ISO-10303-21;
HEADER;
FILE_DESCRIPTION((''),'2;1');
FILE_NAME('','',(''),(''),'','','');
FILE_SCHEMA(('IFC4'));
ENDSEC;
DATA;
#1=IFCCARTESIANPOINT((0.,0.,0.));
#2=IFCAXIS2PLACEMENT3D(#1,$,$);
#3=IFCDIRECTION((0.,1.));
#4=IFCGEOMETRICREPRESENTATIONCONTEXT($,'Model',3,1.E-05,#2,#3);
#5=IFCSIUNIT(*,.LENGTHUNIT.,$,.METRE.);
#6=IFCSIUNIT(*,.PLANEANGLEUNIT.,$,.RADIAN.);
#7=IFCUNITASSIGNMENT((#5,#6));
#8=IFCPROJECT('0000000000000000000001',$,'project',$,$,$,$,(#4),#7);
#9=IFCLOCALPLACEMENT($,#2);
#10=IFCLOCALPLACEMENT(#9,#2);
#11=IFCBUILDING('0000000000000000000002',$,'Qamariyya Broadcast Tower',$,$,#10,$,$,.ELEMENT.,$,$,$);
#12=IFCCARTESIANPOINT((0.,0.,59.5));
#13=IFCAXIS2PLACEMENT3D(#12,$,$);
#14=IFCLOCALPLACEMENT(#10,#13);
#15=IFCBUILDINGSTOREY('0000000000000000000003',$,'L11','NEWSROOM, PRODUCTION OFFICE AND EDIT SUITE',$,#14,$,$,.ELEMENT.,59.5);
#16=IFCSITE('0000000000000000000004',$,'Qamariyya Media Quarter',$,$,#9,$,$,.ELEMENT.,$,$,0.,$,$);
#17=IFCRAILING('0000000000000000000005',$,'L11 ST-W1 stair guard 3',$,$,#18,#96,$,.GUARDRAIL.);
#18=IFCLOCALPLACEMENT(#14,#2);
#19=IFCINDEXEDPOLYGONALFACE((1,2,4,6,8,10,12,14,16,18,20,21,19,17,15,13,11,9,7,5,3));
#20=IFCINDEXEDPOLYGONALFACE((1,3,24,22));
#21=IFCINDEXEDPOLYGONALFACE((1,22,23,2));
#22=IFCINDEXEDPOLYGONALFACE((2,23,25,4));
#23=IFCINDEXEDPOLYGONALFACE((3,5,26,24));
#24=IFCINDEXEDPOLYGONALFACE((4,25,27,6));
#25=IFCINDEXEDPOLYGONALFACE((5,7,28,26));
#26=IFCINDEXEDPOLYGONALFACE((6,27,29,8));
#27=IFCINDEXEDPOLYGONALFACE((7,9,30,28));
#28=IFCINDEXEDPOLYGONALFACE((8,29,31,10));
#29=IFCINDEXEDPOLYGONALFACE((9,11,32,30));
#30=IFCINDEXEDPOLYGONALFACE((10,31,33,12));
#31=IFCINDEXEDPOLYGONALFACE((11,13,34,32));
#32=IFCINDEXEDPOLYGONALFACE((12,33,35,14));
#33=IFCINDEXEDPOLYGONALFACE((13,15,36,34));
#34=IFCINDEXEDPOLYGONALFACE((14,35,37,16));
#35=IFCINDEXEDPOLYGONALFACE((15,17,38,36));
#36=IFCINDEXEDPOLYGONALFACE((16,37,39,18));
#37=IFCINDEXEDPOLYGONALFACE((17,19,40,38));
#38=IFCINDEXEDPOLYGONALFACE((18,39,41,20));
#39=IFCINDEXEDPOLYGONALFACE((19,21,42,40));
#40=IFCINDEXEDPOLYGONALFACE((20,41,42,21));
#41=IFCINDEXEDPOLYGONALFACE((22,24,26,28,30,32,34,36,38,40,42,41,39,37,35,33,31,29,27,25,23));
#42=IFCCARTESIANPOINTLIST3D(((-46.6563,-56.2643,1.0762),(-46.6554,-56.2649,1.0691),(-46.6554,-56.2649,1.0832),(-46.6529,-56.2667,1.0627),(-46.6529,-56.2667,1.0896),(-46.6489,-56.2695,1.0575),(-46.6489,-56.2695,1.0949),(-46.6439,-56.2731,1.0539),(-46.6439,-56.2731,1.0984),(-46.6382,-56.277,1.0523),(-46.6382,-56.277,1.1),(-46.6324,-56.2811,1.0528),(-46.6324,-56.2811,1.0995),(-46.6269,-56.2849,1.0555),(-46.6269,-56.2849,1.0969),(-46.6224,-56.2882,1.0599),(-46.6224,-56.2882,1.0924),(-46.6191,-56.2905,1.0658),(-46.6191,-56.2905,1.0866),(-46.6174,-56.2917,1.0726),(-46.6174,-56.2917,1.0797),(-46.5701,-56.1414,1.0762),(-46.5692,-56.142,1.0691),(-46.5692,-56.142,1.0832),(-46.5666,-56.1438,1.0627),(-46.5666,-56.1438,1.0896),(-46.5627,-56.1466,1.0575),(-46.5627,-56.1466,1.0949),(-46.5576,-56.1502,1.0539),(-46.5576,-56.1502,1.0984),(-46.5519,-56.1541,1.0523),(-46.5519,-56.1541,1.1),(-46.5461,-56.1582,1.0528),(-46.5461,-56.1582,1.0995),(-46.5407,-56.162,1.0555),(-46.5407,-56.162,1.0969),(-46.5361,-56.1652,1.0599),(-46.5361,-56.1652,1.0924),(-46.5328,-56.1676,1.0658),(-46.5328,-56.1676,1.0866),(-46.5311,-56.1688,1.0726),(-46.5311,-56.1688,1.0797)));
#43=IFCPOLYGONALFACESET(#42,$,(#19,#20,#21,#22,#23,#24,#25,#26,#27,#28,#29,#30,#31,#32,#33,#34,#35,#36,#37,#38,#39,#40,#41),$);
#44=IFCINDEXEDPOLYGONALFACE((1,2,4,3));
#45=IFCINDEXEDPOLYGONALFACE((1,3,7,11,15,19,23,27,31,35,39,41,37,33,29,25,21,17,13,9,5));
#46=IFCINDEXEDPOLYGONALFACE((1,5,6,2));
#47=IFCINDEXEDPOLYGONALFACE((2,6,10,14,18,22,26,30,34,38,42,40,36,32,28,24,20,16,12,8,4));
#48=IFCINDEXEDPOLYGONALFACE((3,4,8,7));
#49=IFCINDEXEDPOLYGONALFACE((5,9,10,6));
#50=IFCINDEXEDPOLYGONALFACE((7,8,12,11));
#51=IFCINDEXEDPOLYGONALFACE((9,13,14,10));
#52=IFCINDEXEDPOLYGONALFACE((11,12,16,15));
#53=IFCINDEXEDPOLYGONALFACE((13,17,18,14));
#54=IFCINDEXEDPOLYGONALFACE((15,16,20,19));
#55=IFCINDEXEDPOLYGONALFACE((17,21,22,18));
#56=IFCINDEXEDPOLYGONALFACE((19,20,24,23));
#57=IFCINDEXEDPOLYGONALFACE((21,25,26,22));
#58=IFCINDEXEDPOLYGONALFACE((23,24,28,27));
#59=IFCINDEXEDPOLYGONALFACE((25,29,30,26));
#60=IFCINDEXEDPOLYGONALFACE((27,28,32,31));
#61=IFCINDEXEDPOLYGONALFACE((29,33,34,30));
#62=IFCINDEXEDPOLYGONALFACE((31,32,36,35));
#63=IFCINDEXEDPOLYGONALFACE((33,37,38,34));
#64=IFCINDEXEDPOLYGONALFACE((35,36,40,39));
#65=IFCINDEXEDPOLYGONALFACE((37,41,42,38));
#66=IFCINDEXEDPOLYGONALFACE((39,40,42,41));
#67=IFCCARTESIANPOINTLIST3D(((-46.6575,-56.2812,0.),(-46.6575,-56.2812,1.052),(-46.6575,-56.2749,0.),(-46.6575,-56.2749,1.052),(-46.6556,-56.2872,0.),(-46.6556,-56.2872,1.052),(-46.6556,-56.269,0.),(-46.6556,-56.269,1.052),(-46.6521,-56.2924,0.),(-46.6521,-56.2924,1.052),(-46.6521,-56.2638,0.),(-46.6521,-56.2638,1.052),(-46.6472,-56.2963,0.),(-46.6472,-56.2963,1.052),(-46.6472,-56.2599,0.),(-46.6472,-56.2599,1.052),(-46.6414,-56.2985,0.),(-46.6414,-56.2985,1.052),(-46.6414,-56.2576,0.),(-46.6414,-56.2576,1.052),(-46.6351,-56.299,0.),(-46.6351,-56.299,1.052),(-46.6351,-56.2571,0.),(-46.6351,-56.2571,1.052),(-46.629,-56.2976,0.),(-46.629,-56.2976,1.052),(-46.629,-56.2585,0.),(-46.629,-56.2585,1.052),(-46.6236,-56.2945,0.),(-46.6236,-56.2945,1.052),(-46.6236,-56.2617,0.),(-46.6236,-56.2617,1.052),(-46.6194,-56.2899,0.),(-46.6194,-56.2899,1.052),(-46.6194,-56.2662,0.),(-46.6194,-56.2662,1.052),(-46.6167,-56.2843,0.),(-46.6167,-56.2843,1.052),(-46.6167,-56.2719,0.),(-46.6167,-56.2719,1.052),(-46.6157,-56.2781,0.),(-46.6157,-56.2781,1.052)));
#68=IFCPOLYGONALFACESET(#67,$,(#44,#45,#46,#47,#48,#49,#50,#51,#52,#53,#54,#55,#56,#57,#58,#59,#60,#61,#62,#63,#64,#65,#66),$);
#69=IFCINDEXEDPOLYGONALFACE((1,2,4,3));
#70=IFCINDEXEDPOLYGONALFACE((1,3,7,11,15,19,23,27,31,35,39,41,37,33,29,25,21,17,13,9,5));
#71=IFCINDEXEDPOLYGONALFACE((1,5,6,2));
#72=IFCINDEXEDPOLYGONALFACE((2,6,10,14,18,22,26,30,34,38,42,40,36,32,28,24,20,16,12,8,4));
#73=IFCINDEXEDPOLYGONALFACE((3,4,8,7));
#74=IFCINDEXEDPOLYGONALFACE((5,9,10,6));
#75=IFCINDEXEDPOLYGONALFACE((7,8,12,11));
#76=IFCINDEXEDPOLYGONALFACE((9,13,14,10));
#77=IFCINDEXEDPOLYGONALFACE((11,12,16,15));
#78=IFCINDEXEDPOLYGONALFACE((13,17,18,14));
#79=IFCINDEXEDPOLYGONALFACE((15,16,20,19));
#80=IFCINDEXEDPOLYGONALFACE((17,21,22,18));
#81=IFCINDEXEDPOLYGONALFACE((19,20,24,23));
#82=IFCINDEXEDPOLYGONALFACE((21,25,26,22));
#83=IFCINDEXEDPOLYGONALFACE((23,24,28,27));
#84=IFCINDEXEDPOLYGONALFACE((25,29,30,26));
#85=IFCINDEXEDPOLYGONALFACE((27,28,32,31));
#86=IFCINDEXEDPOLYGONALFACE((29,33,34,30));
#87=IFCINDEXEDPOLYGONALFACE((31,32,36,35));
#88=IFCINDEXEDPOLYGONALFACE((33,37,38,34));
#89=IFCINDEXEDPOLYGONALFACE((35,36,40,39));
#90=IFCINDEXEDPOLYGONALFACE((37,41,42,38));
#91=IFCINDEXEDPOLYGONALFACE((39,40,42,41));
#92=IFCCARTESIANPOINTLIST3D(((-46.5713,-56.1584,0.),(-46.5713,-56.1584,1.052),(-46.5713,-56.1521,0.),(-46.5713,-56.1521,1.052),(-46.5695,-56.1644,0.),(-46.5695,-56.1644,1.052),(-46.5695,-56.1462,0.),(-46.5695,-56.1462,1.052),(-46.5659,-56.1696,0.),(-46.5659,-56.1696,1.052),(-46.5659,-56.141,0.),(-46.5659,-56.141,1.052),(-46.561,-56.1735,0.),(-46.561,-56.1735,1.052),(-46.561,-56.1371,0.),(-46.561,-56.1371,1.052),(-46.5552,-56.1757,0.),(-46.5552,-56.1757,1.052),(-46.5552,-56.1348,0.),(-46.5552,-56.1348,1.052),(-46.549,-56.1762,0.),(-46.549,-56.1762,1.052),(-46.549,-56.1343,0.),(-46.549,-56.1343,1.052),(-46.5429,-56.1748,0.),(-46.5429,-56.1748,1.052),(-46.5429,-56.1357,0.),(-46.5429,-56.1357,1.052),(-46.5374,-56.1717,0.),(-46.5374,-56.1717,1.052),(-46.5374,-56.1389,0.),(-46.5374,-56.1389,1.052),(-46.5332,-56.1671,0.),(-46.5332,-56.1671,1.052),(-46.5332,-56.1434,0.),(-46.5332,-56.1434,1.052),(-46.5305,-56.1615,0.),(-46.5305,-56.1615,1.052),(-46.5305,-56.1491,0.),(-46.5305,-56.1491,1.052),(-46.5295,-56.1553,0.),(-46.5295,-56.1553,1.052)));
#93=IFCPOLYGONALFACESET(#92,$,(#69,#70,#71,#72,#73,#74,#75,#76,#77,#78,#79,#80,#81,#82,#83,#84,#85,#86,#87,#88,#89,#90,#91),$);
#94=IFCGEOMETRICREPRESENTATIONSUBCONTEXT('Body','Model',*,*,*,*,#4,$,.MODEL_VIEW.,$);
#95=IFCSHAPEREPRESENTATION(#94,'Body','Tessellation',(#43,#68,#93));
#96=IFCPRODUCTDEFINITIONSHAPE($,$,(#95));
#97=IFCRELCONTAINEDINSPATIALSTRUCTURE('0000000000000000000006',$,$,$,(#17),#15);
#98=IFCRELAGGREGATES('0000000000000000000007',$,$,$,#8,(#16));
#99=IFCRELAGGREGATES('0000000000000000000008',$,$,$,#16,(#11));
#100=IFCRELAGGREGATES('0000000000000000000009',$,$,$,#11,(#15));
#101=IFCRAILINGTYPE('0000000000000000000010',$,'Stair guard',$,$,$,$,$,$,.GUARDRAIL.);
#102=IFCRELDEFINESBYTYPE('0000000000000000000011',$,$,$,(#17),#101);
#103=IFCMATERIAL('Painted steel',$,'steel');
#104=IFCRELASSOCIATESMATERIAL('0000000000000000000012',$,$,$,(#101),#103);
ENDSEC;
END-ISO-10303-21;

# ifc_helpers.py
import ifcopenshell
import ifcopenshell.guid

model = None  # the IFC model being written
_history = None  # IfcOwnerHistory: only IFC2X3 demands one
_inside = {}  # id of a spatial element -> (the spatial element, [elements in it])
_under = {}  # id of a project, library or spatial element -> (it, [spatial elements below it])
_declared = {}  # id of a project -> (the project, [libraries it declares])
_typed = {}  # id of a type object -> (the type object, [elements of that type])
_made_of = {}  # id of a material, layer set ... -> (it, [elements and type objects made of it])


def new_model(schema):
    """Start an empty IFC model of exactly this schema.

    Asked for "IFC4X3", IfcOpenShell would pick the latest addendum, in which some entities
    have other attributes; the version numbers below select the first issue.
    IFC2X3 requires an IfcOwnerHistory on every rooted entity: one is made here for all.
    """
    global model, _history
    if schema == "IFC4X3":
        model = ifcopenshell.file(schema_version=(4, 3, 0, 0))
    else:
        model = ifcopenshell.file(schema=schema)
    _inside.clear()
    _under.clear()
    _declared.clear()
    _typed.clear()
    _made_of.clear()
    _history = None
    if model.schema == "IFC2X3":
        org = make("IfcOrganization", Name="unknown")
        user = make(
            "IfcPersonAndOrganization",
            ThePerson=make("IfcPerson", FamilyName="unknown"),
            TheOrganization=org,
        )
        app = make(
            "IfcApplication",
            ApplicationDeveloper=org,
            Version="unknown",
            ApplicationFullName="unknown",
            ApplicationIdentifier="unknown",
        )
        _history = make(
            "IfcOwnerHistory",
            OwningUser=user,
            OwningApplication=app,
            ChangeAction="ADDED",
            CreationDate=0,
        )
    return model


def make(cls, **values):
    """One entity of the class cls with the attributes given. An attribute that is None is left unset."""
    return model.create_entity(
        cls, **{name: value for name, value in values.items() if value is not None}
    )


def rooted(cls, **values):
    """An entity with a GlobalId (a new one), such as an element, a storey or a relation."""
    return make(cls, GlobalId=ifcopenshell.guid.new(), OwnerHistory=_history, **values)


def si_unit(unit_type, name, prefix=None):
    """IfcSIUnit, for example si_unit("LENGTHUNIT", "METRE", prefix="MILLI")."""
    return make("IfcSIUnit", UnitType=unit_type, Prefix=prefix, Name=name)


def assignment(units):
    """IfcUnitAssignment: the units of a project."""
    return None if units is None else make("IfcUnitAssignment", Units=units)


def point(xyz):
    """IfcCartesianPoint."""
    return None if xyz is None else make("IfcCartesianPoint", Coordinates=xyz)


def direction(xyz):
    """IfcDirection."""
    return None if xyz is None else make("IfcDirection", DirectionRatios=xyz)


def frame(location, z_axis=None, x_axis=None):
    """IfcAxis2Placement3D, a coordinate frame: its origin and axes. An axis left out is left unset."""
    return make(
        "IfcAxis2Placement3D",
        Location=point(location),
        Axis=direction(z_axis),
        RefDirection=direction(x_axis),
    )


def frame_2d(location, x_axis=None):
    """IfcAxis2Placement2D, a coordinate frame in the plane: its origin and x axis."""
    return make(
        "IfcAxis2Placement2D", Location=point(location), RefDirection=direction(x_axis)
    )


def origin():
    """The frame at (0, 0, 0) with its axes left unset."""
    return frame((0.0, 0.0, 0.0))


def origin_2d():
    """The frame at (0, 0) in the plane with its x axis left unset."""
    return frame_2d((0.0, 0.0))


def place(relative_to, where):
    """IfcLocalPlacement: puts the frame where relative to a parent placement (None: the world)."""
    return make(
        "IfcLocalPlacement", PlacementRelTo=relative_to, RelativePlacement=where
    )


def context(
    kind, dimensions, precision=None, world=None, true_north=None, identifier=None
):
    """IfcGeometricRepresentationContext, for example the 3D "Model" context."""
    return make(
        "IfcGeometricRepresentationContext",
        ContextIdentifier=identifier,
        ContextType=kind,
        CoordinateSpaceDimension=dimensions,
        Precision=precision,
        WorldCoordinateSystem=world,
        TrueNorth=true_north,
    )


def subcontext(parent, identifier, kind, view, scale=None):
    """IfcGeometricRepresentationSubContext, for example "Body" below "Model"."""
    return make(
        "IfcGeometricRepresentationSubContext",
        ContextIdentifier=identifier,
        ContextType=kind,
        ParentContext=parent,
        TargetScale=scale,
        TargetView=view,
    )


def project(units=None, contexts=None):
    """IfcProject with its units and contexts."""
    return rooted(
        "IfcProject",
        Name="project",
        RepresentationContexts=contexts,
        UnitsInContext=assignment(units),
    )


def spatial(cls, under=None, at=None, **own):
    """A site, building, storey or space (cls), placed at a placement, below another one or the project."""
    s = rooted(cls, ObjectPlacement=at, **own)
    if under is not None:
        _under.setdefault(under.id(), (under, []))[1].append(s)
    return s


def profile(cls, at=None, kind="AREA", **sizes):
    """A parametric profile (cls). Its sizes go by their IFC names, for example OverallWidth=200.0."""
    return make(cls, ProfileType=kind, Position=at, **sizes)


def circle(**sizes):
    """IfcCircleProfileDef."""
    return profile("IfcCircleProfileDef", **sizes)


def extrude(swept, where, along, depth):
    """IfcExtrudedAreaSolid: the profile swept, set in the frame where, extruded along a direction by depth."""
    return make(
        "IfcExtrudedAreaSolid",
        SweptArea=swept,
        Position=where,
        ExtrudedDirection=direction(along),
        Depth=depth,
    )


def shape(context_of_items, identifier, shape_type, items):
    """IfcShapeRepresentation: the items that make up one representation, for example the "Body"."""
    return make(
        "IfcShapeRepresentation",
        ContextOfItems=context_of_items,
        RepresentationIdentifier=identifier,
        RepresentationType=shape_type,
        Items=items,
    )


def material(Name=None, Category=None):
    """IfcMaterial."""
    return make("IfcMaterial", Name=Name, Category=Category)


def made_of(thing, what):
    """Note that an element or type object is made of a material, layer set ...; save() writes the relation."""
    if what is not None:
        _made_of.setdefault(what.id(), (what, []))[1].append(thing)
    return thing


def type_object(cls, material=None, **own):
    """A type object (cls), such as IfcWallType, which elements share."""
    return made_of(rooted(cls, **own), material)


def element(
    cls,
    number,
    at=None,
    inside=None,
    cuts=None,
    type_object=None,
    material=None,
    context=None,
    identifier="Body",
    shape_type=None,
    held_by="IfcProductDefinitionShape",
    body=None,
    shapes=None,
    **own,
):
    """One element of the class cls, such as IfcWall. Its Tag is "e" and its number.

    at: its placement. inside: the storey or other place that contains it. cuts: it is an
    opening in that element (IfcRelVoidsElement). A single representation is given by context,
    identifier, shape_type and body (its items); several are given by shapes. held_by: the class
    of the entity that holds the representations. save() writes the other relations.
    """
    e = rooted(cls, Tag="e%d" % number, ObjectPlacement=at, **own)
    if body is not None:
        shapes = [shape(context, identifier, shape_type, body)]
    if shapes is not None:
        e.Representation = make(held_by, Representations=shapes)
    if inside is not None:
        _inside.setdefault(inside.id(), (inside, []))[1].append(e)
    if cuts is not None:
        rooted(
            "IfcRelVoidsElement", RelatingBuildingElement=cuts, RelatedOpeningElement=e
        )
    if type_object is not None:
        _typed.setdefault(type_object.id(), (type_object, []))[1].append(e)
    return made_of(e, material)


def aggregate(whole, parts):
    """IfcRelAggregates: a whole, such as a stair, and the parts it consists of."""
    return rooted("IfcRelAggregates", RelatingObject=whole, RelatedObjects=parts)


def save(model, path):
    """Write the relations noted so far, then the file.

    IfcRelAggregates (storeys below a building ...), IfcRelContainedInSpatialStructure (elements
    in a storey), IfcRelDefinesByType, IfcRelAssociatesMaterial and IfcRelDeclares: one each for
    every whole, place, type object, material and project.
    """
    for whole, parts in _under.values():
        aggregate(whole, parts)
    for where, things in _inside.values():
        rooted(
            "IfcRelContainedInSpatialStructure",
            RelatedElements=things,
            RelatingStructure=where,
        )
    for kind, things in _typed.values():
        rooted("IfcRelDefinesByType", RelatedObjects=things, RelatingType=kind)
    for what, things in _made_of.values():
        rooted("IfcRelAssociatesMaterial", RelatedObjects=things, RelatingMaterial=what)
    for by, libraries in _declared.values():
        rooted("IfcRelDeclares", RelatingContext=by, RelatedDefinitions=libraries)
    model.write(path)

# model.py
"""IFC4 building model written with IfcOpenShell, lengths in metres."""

from ifc_helpers import new_model, si_unit, direction, frame, origin, origin_2d, place, context, subcontext, project, spatial, circle, extrude, material, type_object, element, save


model = new_model("IFC4")

# Units and contexts
model_context = context("Model", 3, precision=1e-05, world=origin(), true_north=direction((0.0, 1.0)))
body_context = subcontext(model_context, "Body", "Model", "MODEL_VIEW")
ifc_project = project(units=[si_unit("LENGTHUNIT", "METRE"), si_unit("PLANEANGLEUNIT", "RADIAN")], contexts=[model_context])

# Site, building, storey
site_placement = place(None, origin())
site = spatial("IfcSite", under=ifc_project, at=site_placement, Name="Qamariyya Media Quarter", CompositionType="ELEMENT", RefElevation=0.0)
building_placement = place(site_placement, origin())
building = spatial("IfcBuilding", under=site, at=building_placement, Name="Qamariyya Broadcast Tower", CompositionType="ELEMENT")
storey_placement = place(building_placement, frame((0.0, 0.0, 59.5)))
storey = spatial("IfcBuildingStorey", under=building, at=storey_placement, Name="L11", Description="NEWSROOM, PRODUCTION OFFICE AND EDIT SUITE", CompositionType="ELEMENT", Elevation=59.5)

# Railing
ifc_material_1 = material(Name="Painted steel", Category="steel")
railing_type_1 = type_object("IfcRailingType", Name="Stair guard", PredefinedType="GUARDRAIL", material=ifc_material_1)
railing_1_placement = place(storey_placement, frame((-46.6367, -56.2781, 0.0)))
element("IfcRailing", 1, at=railing_1_placement, inside=storey, type_object=railing_type_1, Name="L11 ST-W1 stair guard 3", PredefinedType="GUARDRAIL", context=body_context, shape_type="SweptSolid", body=[
    extrude(circle(Radius=0.0239, at=origin_2d()), frame((0.0, 0.0, 1.0762), z_axis=(0.574445, 0.818543, 0.0), x_axis=(-0.818543, 0.574445, 0.0)), (0.0, 0.0, 1.0), 0.1501),
    extrude(circle(Radius=0.021, at=origin_2d()), origin(), (0.0, 0.0, 1.0), 1.052),
    extrude(circle(Radius=0.021, at=origin_2d()), frame((0.0862, 0.1228, 0.0)), (0.0, 0.0, 1.0), 1.052),
])

save(model, "model.ifc")
